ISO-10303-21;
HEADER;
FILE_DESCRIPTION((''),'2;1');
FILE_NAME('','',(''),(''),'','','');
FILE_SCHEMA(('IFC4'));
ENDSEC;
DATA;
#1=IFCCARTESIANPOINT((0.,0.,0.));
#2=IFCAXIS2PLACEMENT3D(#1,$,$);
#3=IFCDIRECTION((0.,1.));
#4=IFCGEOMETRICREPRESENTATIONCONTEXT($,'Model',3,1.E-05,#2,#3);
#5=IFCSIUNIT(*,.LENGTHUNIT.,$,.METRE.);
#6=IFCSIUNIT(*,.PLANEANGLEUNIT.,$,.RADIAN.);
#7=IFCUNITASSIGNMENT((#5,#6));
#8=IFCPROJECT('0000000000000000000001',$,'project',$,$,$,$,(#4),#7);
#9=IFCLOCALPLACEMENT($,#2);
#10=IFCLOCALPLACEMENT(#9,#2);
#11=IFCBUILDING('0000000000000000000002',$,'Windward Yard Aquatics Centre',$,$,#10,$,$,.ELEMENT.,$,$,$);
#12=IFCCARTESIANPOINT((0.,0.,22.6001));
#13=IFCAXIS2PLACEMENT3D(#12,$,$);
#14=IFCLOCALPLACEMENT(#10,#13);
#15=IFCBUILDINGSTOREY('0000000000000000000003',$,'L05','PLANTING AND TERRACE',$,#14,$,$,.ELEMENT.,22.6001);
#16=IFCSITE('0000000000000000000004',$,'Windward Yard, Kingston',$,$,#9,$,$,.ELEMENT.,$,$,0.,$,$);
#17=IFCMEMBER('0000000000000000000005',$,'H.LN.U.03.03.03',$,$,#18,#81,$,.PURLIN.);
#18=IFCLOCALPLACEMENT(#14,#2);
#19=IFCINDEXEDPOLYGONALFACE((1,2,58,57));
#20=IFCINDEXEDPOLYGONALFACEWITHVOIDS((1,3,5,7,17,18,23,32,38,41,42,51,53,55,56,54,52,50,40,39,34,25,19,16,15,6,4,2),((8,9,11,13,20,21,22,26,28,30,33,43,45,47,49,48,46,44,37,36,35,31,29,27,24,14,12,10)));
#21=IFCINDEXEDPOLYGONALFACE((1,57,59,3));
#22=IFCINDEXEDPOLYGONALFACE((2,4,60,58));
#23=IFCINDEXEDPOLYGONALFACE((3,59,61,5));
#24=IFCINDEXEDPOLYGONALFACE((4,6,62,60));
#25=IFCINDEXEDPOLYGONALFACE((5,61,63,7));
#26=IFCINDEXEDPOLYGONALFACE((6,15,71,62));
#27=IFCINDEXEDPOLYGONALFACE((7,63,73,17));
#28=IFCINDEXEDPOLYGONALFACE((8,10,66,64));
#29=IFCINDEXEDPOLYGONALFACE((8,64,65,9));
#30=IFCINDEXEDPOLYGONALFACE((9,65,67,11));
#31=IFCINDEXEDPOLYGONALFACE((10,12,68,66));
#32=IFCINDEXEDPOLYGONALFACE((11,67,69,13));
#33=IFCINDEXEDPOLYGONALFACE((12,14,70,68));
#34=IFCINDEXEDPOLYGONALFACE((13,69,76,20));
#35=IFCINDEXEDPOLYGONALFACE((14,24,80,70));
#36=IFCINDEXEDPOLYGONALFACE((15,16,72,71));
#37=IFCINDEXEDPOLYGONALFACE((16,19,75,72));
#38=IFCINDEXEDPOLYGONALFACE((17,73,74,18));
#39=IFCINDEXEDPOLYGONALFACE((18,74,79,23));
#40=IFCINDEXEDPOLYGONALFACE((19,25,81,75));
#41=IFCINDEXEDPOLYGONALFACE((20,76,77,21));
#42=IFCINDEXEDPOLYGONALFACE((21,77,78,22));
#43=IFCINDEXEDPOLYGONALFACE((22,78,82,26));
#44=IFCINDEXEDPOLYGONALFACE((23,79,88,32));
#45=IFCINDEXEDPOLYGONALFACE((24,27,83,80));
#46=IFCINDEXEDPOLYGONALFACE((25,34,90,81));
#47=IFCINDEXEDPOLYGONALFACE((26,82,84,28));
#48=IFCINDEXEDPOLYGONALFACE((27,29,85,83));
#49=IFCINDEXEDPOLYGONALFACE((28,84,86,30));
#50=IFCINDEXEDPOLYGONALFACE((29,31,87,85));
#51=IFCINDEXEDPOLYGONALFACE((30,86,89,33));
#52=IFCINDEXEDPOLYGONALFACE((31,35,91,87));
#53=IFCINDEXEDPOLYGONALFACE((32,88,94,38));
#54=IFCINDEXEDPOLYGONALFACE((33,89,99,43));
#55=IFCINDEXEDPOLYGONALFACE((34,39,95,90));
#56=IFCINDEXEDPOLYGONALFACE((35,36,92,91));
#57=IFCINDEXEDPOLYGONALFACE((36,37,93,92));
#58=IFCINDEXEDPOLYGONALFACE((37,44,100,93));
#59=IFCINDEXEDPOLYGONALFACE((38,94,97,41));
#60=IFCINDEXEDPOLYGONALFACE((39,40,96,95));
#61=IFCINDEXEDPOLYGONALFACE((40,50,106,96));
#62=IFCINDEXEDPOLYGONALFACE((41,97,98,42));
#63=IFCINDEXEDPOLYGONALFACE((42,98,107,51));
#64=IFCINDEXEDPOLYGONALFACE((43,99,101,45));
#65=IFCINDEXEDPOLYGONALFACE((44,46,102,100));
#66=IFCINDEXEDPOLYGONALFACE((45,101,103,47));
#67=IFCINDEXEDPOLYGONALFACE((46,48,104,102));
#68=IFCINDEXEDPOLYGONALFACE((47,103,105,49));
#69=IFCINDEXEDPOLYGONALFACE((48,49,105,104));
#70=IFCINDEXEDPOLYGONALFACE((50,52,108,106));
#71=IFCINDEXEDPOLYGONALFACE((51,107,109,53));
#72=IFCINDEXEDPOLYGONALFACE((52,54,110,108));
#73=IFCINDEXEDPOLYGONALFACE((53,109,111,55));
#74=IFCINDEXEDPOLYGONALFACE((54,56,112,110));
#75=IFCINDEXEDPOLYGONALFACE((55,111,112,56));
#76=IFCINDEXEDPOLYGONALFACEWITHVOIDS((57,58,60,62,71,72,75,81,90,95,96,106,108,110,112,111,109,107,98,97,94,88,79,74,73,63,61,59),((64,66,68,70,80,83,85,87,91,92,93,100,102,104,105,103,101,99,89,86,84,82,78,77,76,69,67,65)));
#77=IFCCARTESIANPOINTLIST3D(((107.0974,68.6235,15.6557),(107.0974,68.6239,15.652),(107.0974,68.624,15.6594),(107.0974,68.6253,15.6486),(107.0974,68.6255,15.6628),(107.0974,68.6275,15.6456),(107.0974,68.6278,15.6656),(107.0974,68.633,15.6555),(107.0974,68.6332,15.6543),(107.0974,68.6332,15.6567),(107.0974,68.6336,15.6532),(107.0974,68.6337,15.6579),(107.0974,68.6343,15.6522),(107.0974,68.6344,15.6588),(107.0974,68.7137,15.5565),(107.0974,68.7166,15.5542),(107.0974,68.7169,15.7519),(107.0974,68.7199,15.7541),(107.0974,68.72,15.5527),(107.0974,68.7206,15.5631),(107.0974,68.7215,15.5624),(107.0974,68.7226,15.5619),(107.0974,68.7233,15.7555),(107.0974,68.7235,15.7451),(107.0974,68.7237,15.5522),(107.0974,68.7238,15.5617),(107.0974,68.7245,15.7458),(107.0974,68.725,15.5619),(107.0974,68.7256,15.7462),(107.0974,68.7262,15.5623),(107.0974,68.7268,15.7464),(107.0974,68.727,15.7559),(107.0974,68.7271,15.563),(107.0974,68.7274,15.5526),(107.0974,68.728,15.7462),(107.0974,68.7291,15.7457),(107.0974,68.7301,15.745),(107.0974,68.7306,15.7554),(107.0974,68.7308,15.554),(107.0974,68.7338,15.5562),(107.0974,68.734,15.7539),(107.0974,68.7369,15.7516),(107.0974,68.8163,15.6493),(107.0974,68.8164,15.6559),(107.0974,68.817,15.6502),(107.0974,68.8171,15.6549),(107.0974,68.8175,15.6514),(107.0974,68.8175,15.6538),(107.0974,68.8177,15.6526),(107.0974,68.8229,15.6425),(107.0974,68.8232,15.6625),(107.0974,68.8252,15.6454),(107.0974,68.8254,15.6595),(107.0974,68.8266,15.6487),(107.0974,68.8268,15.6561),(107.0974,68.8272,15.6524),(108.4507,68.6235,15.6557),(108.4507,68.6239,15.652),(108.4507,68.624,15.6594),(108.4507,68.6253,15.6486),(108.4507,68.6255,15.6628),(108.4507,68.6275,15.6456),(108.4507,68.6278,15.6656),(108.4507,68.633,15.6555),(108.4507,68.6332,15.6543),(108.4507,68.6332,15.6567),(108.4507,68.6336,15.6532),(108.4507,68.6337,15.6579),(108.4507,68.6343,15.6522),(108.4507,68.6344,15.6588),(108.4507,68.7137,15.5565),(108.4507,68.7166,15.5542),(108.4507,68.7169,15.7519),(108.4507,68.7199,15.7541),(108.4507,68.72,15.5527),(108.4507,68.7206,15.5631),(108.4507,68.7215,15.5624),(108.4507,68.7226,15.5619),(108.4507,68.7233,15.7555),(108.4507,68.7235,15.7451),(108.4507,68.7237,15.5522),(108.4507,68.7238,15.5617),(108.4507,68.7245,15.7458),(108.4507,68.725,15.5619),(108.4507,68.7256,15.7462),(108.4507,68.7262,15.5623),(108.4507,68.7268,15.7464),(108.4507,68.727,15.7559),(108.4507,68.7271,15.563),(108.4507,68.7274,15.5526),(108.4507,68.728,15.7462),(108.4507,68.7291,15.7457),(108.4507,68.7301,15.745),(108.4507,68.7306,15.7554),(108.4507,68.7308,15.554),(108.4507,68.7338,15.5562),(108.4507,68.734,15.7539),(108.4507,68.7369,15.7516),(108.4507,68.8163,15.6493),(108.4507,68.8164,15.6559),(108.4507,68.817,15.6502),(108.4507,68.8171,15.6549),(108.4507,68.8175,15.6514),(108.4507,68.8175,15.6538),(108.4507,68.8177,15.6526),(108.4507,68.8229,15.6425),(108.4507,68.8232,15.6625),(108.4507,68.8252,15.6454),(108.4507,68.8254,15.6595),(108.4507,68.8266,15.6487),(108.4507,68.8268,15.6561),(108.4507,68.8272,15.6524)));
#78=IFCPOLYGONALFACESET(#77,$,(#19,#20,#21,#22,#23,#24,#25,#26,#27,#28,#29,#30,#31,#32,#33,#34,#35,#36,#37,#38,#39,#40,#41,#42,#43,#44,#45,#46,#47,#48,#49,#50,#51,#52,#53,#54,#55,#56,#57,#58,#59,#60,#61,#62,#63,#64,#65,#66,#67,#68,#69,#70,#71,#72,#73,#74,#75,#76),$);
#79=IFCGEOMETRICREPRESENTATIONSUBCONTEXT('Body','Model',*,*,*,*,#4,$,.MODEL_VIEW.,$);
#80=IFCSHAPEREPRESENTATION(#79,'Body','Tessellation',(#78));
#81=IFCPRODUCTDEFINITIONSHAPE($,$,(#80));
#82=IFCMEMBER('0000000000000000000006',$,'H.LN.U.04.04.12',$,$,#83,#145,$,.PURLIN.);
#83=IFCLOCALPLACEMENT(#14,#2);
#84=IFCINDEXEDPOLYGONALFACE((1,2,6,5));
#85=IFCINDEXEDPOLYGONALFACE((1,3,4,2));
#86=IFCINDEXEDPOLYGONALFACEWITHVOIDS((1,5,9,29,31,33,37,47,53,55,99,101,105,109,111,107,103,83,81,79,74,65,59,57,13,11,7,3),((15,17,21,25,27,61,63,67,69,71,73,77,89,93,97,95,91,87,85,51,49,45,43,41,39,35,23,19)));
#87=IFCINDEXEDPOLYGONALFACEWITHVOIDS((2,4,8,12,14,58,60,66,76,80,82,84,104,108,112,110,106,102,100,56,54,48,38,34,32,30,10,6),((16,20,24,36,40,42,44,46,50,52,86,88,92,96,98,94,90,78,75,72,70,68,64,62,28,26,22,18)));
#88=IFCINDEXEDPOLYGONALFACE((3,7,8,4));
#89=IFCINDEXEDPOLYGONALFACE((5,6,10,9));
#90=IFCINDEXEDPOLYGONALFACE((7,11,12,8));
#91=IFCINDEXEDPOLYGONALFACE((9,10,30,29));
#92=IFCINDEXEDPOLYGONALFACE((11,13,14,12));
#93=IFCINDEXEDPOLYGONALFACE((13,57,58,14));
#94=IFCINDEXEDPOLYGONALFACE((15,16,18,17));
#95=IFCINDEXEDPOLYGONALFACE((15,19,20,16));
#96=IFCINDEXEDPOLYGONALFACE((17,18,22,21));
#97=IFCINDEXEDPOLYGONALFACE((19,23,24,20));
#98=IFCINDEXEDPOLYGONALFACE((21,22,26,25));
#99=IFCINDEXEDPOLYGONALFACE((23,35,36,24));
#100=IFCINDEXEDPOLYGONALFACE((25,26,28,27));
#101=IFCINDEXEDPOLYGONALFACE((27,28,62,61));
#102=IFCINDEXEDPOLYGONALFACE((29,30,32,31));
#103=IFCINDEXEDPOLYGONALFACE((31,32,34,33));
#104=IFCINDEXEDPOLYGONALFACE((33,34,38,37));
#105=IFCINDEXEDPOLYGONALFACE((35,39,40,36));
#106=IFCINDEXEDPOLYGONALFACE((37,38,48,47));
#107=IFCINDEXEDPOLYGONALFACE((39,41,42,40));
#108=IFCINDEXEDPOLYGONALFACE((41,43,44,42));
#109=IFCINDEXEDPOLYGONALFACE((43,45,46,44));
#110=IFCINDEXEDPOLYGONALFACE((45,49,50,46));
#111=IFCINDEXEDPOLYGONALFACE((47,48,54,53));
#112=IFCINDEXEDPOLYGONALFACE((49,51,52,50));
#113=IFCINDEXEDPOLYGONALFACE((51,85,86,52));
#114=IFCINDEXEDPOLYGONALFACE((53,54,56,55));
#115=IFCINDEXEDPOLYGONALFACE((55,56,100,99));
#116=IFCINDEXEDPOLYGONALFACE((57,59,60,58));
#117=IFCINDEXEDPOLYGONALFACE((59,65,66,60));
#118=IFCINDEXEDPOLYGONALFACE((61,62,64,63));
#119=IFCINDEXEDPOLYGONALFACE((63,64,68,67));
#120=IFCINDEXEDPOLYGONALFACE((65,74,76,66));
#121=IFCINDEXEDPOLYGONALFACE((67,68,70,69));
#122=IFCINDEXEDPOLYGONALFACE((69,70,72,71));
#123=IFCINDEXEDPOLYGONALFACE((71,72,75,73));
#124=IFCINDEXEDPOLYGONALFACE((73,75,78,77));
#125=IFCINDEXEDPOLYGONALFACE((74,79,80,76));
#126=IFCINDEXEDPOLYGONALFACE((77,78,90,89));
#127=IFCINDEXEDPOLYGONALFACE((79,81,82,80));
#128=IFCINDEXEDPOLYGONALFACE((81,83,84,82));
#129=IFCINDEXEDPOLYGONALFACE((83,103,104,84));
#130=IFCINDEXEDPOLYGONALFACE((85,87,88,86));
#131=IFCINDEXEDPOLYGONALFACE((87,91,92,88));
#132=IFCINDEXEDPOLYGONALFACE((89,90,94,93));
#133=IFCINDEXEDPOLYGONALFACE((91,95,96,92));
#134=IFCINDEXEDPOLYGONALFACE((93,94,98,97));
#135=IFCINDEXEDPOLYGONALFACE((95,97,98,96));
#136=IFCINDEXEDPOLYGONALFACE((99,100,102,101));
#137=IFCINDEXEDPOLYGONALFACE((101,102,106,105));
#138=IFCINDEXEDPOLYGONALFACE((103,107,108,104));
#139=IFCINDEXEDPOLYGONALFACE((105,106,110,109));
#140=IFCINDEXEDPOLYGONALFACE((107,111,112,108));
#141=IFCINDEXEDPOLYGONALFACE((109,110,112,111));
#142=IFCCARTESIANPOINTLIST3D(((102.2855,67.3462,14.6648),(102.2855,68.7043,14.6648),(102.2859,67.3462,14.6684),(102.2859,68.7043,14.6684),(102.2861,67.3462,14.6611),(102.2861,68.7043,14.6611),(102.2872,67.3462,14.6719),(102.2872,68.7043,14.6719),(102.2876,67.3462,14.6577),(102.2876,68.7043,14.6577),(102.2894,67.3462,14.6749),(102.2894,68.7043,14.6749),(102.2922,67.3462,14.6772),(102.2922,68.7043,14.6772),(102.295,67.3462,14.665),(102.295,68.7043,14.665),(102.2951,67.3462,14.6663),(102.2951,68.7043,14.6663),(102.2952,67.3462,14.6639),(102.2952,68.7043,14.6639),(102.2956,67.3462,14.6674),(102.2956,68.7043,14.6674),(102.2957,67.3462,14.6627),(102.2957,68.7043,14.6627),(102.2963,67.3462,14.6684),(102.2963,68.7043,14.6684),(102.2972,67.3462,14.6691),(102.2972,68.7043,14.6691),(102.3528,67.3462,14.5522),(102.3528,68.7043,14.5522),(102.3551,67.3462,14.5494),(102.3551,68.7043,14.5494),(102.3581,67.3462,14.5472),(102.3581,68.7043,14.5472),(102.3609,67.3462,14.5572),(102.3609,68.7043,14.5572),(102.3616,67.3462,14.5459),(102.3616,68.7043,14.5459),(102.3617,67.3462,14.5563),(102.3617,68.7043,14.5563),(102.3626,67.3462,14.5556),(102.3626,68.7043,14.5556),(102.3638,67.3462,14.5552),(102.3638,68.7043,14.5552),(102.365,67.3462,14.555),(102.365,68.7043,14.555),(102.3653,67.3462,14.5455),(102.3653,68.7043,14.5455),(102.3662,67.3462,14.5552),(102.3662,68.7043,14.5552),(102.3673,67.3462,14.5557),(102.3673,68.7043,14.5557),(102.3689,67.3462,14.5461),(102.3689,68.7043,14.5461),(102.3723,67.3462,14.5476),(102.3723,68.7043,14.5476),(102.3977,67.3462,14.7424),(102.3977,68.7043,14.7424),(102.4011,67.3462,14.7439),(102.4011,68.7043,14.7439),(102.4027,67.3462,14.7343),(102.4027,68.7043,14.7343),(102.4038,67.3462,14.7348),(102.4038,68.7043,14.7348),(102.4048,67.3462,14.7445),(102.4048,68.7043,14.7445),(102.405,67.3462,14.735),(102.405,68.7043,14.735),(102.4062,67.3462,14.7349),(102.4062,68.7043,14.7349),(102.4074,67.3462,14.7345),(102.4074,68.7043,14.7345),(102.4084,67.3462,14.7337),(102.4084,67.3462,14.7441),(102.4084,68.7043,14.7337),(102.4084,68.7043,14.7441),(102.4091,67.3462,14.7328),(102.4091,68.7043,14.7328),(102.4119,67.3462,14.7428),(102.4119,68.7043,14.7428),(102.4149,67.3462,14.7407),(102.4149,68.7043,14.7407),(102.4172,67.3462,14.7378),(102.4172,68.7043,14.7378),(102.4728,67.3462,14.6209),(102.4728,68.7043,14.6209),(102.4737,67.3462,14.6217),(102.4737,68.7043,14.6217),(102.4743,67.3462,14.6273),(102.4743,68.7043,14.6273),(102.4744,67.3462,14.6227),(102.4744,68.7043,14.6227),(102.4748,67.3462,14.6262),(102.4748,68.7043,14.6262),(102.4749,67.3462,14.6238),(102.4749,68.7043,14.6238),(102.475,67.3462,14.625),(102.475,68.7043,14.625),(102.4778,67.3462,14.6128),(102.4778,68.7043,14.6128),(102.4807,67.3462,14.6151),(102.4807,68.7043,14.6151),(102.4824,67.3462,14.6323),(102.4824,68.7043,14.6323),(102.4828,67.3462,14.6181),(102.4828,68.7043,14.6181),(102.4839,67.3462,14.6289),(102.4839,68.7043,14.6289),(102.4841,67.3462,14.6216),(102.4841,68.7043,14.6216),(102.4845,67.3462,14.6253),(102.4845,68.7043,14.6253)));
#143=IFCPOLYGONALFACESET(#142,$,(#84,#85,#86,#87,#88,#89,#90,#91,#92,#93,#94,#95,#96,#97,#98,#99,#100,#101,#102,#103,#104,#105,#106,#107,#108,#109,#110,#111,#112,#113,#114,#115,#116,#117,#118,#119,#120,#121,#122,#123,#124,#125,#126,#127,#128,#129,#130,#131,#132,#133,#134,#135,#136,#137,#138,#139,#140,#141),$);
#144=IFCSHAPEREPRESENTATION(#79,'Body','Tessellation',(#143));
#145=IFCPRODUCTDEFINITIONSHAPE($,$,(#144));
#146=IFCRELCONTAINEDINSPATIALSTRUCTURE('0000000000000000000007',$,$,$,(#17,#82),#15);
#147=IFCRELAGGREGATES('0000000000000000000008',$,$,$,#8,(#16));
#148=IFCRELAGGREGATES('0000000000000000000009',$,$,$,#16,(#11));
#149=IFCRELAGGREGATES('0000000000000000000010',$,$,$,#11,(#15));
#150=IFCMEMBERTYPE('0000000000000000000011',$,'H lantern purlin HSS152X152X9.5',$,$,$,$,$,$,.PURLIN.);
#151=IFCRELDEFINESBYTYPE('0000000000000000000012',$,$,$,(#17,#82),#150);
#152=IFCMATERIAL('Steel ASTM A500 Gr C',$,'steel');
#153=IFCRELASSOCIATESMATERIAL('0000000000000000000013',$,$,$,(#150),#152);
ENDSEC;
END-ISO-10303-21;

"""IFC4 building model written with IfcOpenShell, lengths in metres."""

from ifc_helpers import new_model, si_unit, direction, frame, origin, origin_2d, place, context, subcontext, project, spatial, hollow_rectangle, extrude, material, material_profile, profile_set, type_object, element, save


model = new_model("IFC4")

# Units and contexts
model_context = context("Model", 3, precision=1e-05, world=origin(), true_north=direction((0.0, 1.0)))
body_context = subcontext(model_context, "Body", "Model", "MODEL_VIEW")
ifc_project = project(units=[si_unit("LENGTHUNIT", "METRE"), si_unit("PLANEANGLEUNIT", "RADIAN")], contexts=[model_context])

# Site, building, storey
site_placement = place(None, origin())
site = spatial("IfcSite", under=ifc_project, at=site_placement, Name="Windward Yard, Kingston", CompositionType="ELEMENT", RefElevation=0.0)
building_placement = place(site_placement, origin())
building = spatial("IfcBuilding", under=site, at=building_placement, Name="Windward Yard Aquatics Centre", CompositionType="ELEMENT")
storey_placement = place(building_placement, frame((0.0, 0.0, 22.6001)))
storey = spatial("IfcBuildingStorey", under=building, at=storey_placement, Name="L05", Description="PLANTING AND TERRACE", CompositionType="ELEMENT", Elevation=22.6001)

# Members
ifc_material_1 = material(Name="Steel ASTM A500 Gr C", Category="steel")
ifc_material_profile = material_profile(ifc_material_1, hollow_rectangle(XDim=0.1523, YDim=0.1523, WallThickness=0.0095, InnerFilletRadius=0.0046, OuterFilletRadius=0.0142, at=origin_2d()), Name="HSS152X152X9.5")
ifc_profile_set = profile_set([ifc_material_profile], Name="Steel ASTM A500 Gr C")
member_type = type_object("IfcMemberType", Name="H lantern purlin HSS152X152X9.5", PredefinedType="PURLIN", material=ifc_profile_set)
for number, where, z_axis, x_axis, name in (
    (1, (107.0974, 68.7253, 15.6541), (1.0, 0.0, 0.0), (0.0, 0.69555, -0.718477), "H.LN.U.03.03.03"),
):
    element("IfcMember", number, at=place(storey_placement, frame(where, z_axis=z_axis, x_axis=x_axis)), inside=storey, type_object=member_type, Name=name, PredefinedType="PURLIN", context=body_context, shape_type="SweptSolid", body=[
        extrude(hollow_rectangle(XDim=0.1523, YDim=0.1523, WallThickness=0.0095, InnerFilletRadius=0.0046, OuterFilletRadius=0.0142, at=origin_2d()), origin(), (0.0, 0.0, 1.0), 1.3533),
    ])
member_1_placement = place(storey_placement, frame((102.385, 67.3462, 14.645), z_axis=(0.0, 1.0, 0.0), x_axis=(-0.850755, 0.0, -0.525562)))
element("IfcMember", 2, at=member_1_placement, inside=storey, type_object=member_type, Name="H.LN.U.04.04.12", PredefinedType="PURLIN", context=body_context, shape_type="SweptSolid", body=[
    extrude(hollow_rectangle(XDim=0.1523, YDim=0.1523, WallThickness=0.0095, InnerFilletRadius=0.0046, OuterFilletRadius=0.0142, at=origin_2d()), origin(), (0.0, 0.0, 1.0), 1.3582),
])

save(model, "model.ifc")
